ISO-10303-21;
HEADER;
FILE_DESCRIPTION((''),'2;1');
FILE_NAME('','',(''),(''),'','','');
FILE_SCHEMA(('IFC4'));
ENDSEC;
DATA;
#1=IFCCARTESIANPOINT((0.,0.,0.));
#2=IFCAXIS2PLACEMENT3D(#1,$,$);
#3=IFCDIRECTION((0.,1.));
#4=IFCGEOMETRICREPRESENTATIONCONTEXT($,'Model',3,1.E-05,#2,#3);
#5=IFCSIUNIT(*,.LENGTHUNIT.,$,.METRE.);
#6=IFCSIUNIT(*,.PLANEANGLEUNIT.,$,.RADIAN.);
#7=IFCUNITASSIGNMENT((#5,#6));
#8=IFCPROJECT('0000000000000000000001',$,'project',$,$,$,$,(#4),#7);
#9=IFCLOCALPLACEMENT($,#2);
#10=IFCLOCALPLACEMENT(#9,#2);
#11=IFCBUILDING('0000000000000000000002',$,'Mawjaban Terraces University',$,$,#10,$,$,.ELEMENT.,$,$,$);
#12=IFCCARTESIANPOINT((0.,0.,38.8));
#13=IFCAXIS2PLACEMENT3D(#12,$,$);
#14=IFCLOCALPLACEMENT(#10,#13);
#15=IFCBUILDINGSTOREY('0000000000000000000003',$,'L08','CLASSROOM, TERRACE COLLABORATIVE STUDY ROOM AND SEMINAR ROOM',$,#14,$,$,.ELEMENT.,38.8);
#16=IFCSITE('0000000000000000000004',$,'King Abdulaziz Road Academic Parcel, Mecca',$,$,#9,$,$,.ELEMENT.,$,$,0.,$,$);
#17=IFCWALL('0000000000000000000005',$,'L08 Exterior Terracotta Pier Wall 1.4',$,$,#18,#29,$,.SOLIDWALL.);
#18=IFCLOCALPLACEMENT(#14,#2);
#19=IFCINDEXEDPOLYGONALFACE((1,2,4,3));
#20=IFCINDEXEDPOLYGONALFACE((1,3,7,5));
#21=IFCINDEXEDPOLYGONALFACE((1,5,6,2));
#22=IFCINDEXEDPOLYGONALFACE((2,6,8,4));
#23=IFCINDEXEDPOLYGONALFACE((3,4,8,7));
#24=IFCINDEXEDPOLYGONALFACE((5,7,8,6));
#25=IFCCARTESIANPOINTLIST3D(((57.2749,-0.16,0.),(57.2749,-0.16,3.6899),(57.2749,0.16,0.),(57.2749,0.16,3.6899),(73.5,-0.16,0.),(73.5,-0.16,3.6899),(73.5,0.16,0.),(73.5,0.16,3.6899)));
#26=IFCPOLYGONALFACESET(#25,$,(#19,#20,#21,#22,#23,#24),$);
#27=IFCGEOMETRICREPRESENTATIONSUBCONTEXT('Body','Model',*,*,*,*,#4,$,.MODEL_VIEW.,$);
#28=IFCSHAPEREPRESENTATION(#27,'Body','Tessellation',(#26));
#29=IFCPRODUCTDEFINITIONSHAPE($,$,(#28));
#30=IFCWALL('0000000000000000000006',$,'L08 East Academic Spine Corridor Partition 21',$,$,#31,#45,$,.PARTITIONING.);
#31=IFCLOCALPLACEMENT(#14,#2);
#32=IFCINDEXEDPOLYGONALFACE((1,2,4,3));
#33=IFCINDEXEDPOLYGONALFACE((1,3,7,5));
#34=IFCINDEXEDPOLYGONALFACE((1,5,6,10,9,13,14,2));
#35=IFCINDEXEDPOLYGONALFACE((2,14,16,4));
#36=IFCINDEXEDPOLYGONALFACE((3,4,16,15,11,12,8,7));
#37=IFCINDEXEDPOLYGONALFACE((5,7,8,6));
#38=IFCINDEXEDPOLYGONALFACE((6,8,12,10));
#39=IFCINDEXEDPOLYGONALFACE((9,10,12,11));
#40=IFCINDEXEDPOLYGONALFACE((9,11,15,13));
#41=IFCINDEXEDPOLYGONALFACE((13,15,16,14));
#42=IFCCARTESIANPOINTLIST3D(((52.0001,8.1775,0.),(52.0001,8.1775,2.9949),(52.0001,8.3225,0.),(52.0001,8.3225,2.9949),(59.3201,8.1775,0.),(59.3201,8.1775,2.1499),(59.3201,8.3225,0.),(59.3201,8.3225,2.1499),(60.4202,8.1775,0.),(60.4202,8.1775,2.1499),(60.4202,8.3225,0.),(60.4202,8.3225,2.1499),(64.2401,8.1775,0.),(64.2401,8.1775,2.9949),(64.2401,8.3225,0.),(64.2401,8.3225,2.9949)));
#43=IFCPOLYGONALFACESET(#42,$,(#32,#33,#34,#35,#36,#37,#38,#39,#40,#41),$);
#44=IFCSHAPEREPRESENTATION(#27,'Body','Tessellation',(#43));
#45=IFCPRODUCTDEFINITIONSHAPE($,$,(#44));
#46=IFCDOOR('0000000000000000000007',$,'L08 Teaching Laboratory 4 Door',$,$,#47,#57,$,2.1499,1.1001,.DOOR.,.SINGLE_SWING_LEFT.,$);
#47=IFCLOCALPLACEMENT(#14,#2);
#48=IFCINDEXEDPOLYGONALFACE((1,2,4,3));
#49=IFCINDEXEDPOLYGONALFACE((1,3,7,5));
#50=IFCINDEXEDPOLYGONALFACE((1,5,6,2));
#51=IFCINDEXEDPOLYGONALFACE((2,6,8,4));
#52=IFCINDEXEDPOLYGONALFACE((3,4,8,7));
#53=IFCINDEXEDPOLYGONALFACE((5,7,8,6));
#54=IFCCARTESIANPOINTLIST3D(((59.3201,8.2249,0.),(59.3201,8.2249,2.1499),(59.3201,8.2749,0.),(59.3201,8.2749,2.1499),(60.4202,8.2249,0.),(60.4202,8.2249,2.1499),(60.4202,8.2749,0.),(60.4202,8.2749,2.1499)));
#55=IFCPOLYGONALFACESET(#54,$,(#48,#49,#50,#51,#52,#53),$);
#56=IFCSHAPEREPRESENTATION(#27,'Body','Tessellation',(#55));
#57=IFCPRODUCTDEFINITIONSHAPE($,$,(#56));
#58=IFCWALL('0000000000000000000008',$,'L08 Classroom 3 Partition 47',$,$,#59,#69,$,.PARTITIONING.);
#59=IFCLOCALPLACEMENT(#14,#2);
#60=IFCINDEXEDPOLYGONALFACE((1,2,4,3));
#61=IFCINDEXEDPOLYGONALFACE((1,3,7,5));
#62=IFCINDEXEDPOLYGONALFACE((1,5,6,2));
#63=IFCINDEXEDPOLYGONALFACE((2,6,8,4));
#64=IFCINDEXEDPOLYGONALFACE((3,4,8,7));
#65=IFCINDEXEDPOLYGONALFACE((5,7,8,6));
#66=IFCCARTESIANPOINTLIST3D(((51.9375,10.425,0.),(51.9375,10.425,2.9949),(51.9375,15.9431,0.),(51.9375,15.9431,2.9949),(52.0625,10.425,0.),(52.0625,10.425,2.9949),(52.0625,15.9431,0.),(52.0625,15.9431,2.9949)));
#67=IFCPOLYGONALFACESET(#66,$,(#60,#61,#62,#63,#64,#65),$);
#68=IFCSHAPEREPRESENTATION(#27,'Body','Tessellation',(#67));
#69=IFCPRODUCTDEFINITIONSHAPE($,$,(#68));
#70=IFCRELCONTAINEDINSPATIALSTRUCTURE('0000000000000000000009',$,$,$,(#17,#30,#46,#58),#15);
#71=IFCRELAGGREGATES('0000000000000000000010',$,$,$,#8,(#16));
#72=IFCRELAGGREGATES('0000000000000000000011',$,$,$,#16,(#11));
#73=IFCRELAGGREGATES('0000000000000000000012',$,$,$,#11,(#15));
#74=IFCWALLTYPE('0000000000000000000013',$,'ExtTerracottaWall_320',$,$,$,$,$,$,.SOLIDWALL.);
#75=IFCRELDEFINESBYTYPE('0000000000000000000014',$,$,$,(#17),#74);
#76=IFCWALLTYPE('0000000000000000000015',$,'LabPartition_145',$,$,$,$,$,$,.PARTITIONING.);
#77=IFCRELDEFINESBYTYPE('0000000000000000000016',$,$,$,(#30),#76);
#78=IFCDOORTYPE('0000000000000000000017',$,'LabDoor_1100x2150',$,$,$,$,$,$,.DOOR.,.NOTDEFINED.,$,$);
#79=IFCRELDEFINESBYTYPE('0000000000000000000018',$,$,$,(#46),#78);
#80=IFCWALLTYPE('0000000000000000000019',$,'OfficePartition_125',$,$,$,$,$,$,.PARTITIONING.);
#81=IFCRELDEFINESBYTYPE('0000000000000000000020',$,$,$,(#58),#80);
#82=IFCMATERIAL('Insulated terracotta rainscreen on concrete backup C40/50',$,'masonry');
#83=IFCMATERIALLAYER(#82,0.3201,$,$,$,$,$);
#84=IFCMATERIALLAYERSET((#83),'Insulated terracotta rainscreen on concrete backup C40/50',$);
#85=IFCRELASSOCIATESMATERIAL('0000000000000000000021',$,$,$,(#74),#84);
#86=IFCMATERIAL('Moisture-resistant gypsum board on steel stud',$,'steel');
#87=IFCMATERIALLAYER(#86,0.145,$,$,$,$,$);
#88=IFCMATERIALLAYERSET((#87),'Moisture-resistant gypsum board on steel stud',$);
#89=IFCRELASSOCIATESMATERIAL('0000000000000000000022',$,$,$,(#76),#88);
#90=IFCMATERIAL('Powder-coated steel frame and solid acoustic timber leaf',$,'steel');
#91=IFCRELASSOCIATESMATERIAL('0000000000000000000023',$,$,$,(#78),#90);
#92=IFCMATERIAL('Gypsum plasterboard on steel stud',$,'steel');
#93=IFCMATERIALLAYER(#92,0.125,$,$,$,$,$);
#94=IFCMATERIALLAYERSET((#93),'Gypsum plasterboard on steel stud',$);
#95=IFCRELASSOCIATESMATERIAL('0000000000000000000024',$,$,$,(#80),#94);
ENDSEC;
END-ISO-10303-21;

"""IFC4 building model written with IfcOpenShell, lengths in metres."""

from ifc_helpers import new_model, si_unit, direction, frame, frame_2d, origin, place, context, subcontext, project, spatial, rectangle, extrude, material, layer, layer_set, type_object, element, fill, save


model = new_model("IFC4")

# Units and contexts
model_context = context("Model", 3, precision=1e-05, world=origin(), true_north=direction((0.0, 1.0)))
body_context = subcontext(model_context, "Body", "Model", "MODEL_VIEW")
ifc_project = project(units=[si_unit("LENGTHUNIT", "METRE"), si_unit("PLANEANGLEUNIT", "RADIAN")], contexts=[model_context])

# Site, building, storey
site_placement = place(None, origin())
site = spatial("IfcSite", under=ifc_project, at=site_placement, Name="King Abdulaziz Road Academic Parcel, Mecca", CompositionType="ELEMENT", RefElevation=0.0)
building_placement = place(site_placement, origin())
building = spatial("IfcBuilding", under=site, at=building_placement, Name="Mawjaban Terraces University", CompositionType="ELEMENT")
storey_placement = place(building_placement, frame((0.0, 0.0, 38.8)))
storey = spatial("IfcBuildingStorey", under=building, at=storey_placement, Name="L08", Description="CLASSROOM, TERRACE COLLABORATIVE STUDY ROOM AND SEMINAR ROOM", CompositionType="ELEMENT", Elevation=38.8)

# Shared definitions
ifc_material_1 = material(Name="Powder-coated steel frame and solid acoustic timber leaf", Category="steel")

# Wall
ifc_material_2 = material(Name="Insulated terracotta rainscreen on concrete backup C40/50", Category="masonry")
ifc_layer_1 = layer(ifc_material_2, 0.3201)
ifc_layer_set_1 = layer_set([ifc_layer_1], Name="Insulated terracotta rainscreen on concrete backup C40/50")
wall_type_1 = type_object("IfcWallType", Name="ExtTerracottaWall_320", PredefinedType="SOLIDWALL", material=ifc_layer_set_1)
wall_1_placement = place(storey_placement, frame((57.2749, 0.0, 0.0), z_axis=(0.0, 0.0, 1.0), x_axis=(1.0, 0.0, 0.0)))
element("IfcWall", 1, at=wall_1_placement, inside=storey, type_object=wall_type_1, Name="L08 Exterior Terracotta Pier Wall 1.4", PredefinedType="SOLIDWALL", context=body_context, shape_type="SweptSolid", body=[
    extrude(rectangle(XDim=16.2251, YDim=0.3201, at=frame_2d((8.1125, 0.0))), origin(), (0.0, 0.0, 1.0), 3.6899),
])

# Wall, opening, door
ifc_material_3 = material(Name="Moisture-resistant gypsum board on steel stud", Category="steel")
ifc_layer_2 = layer(ifc_material_3, 0.145)
ifc_layer_set_2 = layer_set([ifc_layer_2], Name="Moisture-resistant gypsum board on steel stud")
wall_type_2 = type_object("IfcWallType", Name="LabPartition_145", PredefinedType="PARTITIONING", material=ifc_layer_set_2)
wall_2_placement = place(storey_placement, frame((52.0, 8.25, 0.0), z_axis=(0.0, 0.0, 1.0), x_axis=(1.0, 0.0, 0.0)))
wall_2 = element("IfcWall", 2, at=wall_2_placement, inside=storey, type_object=wall_type_2, Name="L08 East Academic Spine Corridor Partition 21", PredefinedType="PARTITIONING", context=body_context, shape_type="SweptSolid", body=[
    extrude(rectangle(XDim=12.24, YDim=0.145, at=frame_2d((6.1201, 0.0))), origin(), (0.0, 0.0, 1.0), 2.9949),
])
opening_1_placement = place(wall_2_placement, frame((7.3201, 0.0, 0.0)))
opening_1 = element("IfcOpeningElement", 3, at=opening_1_placement, cuts=wall_2, PredefinedType="OPENING", context=body_context, shape_type="SweptSolid", body=[
    extrude(rectangle(XDim=1.1001, YDim=2.1499, at=frame_2d((0.55, 1.075))), frame((0.0, 0.0825, 0.0), z_axis=(0.0, -1.0, 0.0), x_axis=(1.0, 0.0, 0.0)), (0.0, 0.0, 1.0), 0.165),
])
door_type_1 = type_object("IfcDoorType", Name="LabDoor_1100x2150", OperationType="NOTDEFINED", PredefinedType="DOOR", material=ifc_material_1)
door_1_placement = place(opening_1_placement, origin())
door_1 = element("IfcDoor", 4, at=door_1_placement, inside=storey, type_object=door_type_1, Name="L08 Teaching Laboratory 4 Door", OperationType="SINGLE_SWING_LEFT", OverallHeight=2.1499, OverallWidth=1.1001, PredefinedType="DOOR", context=body_context, shape_type="SweptSolid", body=[
    extrude(rectangle(XDim=1.1001, YDim=2.1499, at=frame_2d((0.55, 1.075))), frame((0.0, 0.0249, 0.0), z_axis=(0.0, -1.0, 0.0), x_axis=(1.0, 0.0, 0.0)), (0.0, 0.0, 1.0), 0.05),
])
fill(opening_1, door_1)

# Wall
ifc_material_4 = material(Name="Gypsum plasterboard on steel stud", Category="steel")
ifc_layer_3 = layer(ifc_material_4, 0.125)
ifc_layer_set_3 = layer_set([ifc_layer_3], Name="Gypsum plasterboard on steel stud")
wall_type_3 = type_object("IfcWallType", Name="OfficePartition_125", PredefinedType="PARTITIONING", material=ifc_layer_set_3)
wall_3_placement = place(storey_placement, frame((52.0, 10.425, 0.0), z_axis=(0.0, 0.0, 1.0), x_axis=(0.0, 1.0, 0.0)))
element("IfcWall", 5, at=wall_3_placement, inside=storey, type_object=wall_type_3, Name="L08 Classroom 3 Partition 47", PredefinedType="PARTITIONING", context=body_context, shape_type="SweptSolid", body=[
    extrude(rectangle(XDim=5.5181, YDim=0.125, at=frame_2d((2.759, 0.0))), origin(), (0.0, 0.0, 1.0), 2.9949),
])

save(model, "model.ifc")
